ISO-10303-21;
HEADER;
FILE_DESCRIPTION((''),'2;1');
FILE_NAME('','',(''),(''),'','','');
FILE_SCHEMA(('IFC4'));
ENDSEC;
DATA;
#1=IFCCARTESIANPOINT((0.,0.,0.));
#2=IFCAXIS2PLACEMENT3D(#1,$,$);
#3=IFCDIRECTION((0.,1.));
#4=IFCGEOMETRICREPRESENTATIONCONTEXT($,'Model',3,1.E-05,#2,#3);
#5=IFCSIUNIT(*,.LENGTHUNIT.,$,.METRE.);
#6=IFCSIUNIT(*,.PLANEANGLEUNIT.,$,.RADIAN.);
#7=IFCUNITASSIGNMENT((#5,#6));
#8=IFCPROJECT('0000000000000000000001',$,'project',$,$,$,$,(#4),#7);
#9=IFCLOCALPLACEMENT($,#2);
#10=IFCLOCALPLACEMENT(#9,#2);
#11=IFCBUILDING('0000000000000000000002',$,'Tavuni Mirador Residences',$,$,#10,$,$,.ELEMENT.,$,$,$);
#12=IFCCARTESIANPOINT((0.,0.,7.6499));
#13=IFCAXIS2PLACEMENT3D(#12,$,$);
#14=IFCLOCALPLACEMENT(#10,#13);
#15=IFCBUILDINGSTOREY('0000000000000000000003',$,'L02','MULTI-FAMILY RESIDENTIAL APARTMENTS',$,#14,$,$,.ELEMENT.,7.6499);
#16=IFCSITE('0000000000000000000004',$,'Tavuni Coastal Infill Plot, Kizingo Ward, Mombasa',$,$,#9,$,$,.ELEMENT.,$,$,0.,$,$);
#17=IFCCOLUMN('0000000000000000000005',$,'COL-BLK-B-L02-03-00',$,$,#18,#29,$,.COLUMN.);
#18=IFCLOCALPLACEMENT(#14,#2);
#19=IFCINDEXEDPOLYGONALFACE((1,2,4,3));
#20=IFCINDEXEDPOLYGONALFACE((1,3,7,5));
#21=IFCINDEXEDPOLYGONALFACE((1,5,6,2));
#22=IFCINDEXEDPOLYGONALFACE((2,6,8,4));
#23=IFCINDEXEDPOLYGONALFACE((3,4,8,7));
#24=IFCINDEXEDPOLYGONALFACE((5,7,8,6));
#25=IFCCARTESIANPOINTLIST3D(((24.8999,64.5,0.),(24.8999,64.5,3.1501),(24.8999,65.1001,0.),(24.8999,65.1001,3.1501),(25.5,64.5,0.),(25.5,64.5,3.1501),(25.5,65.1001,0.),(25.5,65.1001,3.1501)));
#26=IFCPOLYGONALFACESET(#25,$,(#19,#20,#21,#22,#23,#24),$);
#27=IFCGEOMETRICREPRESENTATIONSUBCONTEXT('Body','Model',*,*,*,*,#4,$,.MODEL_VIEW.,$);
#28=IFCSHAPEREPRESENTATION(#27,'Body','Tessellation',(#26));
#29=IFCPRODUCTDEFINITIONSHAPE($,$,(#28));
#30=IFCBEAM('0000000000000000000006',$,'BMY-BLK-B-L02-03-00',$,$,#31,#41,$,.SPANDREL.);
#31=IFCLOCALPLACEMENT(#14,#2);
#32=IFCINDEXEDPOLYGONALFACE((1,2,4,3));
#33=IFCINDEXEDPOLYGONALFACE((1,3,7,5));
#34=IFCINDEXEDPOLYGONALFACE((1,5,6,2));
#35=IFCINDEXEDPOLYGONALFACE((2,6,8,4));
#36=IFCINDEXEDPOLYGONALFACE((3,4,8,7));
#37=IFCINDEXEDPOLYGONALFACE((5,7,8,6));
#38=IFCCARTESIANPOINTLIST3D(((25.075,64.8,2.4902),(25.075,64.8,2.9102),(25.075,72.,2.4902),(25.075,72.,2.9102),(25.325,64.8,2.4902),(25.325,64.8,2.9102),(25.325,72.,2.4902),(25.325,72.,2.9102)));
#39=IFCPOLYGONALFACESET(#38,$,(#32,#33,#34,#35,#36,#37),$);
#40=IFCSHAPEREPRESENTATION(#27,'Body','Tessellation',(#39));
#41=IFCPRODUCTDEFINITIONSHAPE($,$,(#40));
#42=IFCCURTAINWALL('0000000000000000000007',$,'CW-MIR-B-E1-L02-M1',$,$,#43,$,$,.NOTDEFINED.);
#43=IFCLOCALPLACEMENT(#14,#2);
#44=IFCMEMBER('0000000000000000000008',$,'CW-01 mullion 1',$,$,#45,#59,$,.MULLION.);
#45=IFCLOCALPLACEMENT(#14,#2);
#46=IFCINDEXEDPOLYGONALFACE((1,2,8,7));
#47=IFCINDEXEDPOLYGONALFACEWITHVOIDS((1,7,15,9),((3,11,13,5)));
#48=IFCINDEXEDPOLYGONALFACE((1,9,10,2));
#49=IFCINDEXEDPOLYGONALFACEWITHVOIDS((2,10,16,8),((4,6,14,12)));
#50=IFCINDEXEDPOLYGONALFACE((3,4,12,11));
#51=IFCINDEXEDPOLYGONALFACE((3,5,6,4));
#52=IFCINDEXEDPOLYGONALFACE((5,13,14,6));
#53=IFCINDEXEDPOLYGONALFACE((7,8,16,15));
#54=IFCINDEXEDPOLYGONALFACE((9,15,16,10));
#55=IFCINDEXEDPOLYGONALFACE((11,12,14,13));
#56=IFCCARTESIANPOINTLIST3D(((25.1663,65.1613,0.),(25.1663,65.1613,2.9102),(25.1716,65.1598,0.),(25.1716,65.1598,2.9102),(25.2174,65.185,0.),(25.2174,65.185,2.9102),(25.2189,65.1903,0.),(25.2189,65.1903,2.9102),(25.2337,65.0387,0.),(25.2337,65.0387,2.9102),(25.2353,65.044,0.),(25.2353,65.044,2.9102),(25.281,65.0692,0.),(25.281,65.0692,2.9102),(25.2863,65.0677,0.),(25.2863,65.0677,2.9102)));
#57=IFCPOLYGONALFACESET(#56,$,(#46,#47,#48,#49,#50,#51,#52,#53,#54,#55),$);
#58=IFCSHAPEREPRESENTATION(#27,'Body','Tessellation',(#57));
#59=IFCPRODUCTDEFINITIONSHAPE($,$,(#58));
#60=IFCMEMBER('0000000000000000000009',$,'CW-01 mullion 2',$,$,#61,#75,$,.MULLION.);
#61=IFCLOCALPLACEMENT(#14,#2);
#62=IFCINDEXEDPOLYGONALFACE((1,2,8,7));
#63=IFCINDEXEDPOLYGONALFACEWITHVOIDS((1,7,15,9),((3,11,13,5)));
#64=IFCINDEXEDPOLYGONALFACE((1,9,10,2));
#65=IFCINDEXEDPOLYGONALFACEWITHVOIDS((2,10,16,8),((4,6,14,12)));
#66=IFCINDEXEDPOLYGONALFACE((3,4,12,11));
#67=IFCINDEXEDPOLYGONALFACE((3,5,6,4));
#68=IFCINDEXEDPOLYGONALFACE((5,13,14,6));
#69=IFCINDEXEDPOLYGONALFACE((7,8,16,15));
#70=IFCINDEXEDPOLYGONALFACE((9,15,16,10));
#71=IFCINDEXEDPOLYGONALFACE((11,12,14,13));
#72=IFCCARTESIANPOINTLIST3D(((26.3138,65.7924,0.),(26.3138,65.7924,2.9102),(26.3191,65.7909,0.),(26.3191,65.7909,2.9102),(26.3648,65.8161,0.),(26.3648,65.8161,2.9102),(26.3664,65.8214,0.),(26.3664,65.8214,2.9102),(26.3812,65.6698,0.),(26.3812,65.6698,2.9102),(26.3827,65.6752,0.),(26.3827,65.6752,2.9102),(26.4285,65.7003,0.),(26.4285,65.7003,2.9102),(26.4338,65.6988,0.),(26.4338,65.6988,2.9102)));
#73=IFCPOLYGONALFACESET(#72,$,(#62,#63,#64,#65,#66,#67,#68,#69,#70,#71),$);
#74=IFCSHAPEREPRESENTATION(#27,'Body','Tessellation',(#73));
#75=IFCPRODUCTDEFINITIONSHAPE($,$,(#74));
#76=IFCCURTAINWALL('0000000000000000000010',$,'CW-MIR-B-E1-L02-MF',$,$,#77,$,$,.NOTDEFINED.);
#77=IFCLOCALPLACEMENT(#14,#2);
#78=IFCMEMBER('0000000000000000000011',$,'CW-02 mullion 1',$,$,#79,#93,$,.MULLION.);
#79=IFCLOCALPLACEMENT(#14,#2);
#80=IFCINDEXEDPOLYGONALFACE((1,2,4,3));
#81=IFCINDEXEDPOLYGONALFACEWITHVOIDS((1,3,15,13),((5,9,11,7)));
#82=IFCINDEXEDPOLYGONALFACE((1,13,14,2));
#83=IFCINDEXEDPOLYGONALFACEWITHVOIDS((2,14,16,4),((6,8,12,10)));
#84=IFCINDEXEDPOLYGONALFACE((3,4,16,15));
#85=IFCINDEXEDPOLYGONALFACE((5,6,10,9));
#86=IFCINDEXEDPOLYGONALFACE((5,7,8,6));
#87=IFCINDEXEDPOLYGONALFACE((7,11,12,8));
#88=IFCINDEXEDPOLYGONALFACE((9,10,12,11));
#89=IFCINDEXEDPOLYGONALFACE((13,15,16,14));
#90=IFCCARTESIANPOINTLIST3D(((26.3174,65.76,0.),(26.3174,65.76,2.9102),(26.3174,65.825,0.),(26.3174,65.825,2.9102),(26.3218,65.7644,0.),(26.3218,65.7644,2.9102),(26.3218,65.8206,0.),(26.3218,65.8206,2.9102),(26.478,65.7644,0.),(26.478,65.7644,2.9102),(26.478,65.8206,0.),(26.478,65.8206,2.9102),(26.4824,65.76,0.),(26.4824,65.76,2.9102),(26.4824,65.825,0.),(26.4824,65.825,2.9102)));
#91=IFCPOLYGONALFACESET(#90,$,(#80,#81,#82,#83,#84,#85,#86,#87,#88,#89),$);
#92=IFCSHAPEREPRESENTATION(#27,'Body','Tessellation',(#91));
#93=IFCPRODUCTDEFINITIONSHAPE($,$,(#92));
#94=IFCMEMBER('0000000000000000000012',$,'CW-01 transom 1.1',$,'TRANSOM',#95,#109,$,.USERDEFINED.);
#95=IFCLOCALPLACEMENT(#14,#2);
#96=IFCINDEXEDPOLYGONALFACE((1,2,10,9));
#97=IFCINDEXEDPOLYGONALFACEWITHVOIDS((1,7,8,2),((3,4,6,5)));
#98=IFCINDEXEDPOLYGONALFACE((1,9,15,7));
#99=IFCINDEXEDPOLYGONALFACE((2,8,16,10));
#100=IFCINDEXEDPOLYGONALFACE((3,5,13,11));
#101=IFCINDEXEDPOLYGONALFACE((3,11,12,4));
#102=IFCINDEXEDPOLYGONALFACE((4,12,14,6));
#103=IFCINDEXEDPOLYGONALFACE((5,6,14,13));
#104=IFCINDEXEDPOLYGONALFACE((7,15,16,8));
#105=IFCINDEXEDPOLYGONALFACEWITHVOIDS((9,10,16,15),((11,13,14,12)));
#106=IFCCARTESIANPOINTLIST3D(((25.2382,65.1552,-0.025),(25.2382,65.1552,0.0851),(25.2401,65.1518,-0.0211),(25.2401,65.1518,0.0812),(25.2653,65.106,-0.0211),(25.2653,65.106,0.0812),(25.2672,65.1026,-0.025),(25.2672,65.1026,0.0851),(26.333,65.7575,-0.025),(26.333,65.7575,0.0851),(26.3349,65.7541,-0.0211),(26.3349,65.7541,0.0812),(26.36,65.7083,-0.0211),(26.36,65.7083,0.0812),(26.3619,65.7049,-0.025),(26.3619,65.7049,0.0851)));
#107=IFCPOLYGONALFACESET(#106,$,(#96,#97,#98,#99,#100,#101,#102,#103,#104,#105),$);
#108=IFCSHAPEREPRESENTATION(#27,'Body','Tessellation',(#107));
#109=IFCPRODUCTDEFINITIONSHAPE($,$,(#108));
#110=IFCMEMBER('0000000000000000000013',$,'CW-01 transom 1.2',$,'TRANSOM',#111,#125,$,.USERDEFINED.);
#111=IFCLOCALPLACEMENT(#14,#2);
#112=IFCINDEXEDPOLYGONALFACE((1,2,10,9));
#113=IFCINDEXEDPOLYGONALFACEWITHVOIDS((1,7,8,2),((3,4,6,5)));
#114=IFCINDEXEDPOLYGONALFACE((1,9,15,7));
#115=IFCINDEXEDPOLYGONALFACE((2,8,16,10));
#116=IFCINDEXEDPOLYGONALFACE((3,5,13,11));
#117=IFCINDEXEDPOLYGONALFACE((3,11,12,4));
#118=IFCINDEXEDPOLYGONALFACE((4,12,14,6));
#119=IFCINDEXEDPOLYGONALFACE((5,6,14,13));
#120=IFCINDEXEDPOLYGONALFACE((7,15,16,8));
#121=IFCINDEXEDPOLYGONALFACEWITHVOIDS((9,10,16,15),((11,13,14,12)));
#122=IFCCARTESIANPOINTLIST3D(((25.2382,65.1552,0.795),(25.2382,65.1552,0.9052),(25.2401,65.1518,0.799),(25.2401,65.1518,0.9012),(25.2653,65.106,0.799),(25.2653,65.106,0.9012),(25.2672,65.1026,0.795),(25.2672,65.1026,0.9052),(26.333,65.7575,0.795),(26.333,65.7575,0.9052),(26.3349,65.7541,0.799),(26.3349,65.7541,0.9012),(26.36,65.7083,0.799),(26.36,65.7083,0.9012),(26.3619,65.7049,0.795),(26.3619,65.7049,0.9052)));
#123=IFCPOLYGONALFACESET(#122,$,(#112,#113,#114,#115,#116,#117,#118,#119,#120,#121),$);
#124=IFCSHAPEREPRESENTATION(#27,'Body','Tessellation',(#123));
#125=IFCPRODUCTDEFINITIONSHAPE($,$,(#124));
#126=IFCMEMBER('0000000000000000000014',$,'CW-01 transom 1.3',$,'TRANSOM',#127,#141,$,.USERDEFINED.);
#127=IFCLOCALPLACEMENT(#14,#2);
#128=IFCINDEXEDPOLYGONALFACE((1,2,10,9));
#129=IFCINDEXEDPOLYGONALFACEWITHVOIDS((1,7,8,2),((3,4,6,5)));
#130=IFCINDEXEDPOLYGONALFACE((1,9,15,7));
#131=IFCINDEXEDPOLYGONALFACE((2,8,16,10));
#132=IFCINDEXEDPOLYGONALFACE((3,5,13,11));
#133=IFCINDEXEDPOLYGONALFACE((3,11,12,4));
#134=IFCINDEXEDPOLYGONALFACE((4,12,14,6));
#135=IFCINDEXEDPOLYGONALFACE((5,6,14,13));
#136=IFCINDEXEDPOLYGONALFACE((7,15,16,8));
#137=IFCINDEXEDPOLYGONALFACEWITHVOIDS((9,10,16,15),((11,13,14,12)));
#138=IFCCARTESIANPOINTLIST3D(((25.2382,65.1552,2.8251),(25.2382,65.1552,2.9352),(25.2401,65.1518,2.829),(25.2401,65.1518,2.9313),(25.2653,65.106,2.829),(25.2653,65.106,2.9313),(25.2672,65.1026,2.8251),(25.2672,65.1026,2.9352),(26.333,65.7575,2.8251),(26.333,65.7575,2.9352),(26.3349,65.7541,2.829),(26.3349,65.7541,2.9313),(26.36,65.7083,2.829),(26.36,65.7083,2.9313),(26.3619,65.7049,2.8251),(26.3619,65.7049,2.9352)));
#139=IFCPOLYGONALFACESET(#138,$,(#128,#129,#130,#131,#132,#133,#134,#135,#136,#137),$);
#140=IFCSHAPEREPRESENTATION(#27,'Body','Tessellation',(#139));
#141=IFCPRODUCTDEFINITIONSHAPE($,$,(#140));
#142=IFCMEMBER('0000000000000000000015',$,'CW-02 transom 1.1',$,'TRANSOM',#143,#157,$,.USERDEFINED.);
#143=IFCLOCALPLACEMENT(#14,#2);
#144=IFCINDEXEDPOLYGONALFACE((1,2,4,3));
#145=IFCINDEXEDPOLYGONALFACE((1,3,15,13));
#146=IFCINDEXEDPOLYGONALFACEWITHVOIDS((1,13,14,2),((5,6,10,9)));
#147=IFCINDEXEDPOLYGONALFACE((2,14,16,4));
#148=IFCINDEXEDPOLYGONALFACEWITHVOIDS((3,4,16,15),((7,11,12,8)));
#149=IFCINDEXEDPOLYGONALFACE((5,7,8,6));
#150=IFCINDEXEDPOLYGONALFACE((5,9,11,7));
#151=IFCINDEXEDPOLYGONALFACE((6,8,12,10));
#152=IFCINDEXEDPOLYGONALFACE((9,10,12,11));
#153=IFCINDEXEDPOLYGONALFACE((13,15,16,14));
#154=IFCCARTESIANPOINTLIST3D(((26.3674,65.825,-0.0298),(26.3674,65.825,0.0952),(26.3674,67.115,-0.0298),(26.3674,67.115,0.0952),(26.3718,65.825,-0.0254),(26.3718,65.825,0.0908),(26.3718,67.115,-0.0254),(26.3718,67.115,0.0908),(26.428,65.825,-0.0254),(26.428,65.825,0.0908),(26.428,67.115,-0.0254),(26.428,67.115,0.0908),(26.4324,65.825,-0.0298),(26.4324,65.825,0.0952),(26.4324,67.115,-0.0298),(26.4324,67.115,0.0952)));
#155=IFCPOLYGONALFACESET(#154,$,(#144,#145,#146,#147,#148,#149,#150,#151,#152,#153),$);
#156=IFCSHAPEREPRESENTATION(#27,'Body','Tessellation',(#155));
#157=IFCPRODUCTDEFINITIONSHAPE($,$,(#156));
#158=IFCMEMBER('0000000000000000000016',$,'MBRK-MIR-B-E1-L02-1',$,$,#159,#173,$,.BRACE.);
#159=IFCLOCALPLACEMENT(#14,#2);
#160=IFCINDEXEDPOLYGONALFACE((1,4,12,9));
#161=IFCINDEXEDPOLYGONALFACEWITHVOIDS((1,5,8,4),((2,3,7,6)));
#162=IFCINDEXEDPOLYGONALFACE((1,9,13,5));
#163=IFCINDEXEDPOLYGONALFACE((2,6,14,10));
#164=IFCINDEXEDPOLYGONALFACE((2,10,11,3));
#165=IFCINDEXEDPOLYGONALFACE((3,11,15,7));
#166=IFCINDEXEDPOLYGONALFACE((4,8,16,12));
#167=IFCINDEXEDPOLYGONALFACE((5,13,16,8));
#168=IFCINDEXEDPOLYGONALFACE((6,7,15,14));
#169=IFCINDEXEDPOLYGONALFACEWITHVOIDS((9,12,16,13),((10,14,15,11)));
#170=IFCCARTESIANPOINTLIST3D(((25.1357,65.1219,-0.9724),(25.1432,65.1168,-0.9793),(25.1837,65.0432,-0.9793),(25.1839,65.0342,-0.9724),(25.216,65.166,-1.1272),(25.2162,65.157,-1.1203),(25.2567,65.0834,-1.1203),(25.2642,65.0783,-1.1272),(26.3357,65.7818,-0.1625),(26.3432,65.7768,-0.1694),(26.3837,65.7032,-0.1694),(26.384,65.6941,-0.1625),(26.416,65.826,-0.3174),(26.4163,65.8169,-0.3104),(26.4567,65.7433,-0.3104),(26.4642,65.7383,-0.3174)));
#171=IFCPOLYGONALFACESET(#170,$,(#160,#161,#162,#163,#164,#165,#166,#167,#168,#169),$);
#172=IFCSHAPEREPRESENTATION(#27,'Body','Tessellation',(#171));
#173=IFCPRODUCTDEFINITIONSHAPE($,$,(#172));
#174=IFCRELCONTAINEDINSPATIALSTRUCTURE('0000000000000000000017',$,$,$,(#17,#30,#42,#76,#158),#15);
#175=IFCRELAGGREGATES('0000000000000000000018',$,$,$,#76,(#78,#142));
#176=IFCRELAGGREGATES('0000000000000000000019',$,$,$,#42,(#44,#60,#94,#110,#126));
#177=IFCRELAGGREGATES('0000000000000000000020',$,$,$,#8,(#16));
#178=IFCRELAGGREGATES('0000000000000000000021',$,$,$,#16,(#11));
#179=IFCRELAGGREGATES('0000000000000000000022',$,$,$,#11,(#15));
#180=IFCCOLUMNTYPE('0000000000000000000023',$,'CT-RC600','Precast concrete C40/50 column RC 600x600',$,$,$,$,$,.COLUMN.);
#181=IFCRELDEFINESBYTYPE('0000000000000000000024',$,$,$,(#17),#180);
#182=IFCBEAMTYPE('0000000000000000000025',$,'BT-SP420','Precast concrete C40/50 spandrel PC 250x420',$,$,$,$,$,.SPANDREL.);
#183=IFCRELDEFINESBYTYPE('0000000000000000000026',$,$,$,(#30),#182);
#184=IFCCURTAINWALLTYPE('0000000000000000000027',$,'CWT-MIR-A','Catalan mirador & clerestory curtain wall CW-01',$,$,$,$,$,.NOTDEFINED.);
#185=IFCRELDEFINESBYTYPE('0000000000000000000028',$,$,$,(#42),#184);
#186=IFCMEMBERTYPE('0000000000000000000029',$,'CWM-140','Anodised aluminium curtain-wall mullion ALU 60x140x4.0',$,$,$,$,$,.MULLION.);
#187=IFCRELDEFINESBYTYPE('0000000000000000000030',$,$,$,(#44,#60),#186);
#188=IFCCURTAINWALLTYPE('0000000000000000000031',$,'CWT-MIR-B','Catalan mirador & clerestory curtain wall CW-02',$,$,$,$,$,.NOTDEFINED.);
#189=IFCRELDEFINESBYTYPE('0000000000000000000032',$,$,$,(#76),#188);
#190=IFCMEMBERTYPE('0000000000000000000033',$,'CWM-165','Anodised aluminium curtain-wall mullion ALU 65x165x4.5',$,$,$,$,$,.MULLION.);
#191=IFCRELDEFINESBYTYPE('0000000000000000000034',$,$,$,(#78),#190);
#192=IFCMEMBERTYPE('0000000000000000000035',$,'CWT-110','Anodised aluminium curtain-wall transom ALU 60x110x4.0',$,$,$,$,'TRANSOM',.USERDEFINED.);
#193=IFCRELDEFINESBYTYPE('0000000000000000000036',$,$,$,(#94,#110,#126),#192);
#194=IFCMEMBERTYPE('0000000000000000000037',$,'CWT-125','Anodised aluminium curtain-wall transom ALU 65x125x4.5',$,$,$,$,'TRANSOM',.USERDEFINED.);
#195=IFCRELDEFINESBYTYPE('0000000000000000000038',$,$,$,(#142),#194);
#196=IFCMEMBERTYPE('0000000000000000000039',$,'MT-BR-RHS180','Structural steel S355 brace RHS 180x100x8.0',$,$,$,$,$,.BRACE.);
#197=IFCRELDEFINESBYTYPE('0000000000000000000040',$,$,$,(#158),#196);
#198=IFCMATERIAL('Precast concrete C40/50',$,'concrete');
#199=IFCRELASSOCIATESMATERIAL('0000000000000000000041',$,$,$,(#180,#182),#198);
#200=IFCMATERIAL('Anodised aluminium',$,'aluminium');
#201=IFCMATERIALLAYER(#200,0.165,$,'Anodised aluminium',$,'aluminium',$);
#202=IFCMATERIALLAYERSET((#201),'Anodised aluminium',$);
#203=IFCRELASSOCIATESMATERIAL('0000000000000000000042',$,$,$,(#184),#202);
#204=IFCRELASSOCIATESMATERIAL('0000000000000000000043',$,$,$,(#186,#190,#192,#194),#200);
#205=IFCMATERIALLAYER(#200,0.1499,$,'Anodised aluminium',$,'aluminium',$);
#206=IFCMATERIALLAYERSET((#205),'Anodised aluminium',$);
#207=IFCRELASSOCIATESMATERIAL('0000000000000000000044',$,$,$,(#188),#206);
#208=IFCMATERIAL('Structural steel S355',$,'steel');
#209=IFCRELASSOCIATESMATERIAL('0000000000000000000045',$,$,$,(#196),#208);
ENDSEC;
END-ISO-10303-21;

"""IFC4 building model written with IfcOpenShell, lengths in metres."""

from ifc_helpers import new_model, si_unit, direction, frame, origin, origin_2d, place, context, subcontext, project, spatial, rectangle, hollow_rectangle, extrude, material, layer, layer_set, material_profile, profile_set, type_object, element, aggregate, save


model = new_model("IFC4")

# Units and contexts
model_context = context("Model", 3, precision=1e-05, world=origin(), true_north=direction((0.0, 1.0)))
body_context = subcontext(model_context, "Body", "Model", "MODEL_VIEW")
ifc_project = project(units=[si_unit("LENGTHUNIT", "METRE"), si_unit("PLANEANGLEUNIT", "RADIAN")], contexts=[model_context])

# Site, building, storey
site_placement = place(None, origin())
site = spatial("IfcSite", under=ifc_project, at=site_placement, Name="Tavuni Coastal Infill Plot, Kizingo Ward, Mombasa", CompositionType="ELEMENT", RefElevation=0.0)
building_placement = place(site_placement, origin())
building = spatial("IfcBuilding", under=site, at=building_placement, Name="Tavuni Mirador Residences", CompositionType="ELEMENT")
storey_placement = place(building_placement, frame((0.0, 0.0, 7.6499)))
storey = spatial("IfcBuildingStorey", under=building, at=storey_placement, Name="L02", Description="MULTI-FAMILY RESIDENTIAL APARTMENTS", CompositionType="ELEMENT", Elevation=7.6499)

# Column
ifc_material_1 = material(Name="Precast concrete C40/50", Category="concrete")
ifc_material_profile_1 = material_profile(ifc_material_1, rectangle(XDim=0.6001, YDim=0.6001, at=origin_2d()), Name="RC 600x600", Category="concrete")
ifc_profile_set_1 = profile_set([ifc_material_profile_1], Name="Precast concrete C40/50")
column_type = type_object("IfcColumnType", Name="CT-RC600", Description="Precast concrete C40/50 column RC 600x600", PredefinedType="COLUMN", material=ifc_profile_set_1)
column_placement = place(storey_placement, frame((25.2, 64.8, 0.0), z_axis=(0.0, 0.0, 1.0), x_axis=(1.0, 0.0, 0.0)))
element("IfcColumn", 1, at=column_placement, inside=storey, type_object=column_type, Name="COL-BLK-B-L02-03-00", PredefinedType="COLUMN", context=body_context, shape_type="SweptSolid", body=[
    extrude(rectangle(XDim=0.6001, YDim=0.6001, at=origin_2d()), origin(), (0.0, 0.0, 1.0), 3.1501),
])

# Beam
ifc_material_profile_2 = material_profile(ifc_material_1, rectangle(XDim=0.25, YDim=0.4199, at=origin_2d()), Name="PC 250x420", Category="concrete")
ifc_profile_set_2 = profile_set([ifc_material_profile_2], Name="Precast concrete C40/50")
beam_type = type_object("IfcBeamType", Name="BT-SP420", Description="Precast concrete C40/50 spandrel PC 250x420", PredefinedType="SPANDREL", material=ifc_profile_set_2)
beam_placement = place(storey_placement, frame((25.2, 64.8, 2.7002), z_axis=(0.0, 1.0, 0.0), x_axis=(-1.0, 0.0, 0.0)))
element("IfcBeam", 2, at=beam_placement, inside=storey, type_object=beam_type, Name="BMY-BLK-B-L02-03-00", PredefinedType="SPANDREL", context=body_context, shape_type="SweptSolid", body=[
    extrude(rectangle(XDim=0.25, YDim=0.4199, at=origin_2d()), origin(), (0.0, 0.0, 1.0), 7.2),
])

# Curtain wall, members
ifc_material_2 = material(Name="Anodised aluminium", Category="aluminium")
ifc_layer_1 = layer(ifc_material_2, 0.165, Name="Anodised aluminium", Category="aluminium")
ifc_layer_set_1 = layer_set([ifc_layer_1], Name="Anodised aluminium")
curtain_wall_type_1 = type_object("IfcCurtainWallType", Name="CWT-MIR-A", Description="Catalan mirador & clerestory curtain wall CW-01", PredefinedType="NOTDEFINED", material=ifc_layer_set_1)
curtain_wall_1_placement = place(storey_placement, origin())
curtain_wall_1 = element("IfcCurtainWall", 3, at=curtain_wall_1_placement, inside=storey, type_object=curtain_wall_type_1, Name="CW-MIR-B-E1-L02-M1", PredefinedType="NOTDEFINED")
ifc_material_profile_3 = material_profile(ifc_material_2, hollow_rectangle(XDim=0.0601, YDim=0.1399, WallThickness=0.0039, at=origin_2d()), Name="ALU 60x140x4.0", Category="aluminium")
ifc_profile_set_3 = profile_set([ifc_material_profile_3], Name="Anodised aluminium")
member_type_1 = type_object("IfcMemberType", Name="CWM-140", Description="Anodised aluminium curtain-wall mullion ALU 60x140x4.0", PredefinedType="MULLION", material=ifc_profile_set_3)
member_1_placement = place(storey_placement, frame((25.2263, 65.1145, 0.0), z_axis=(0.0, 0.0, 1.0), x_axis=(0.876216, 0.481919, 0.0)))
member_1 = element("IfcMember", 4, at=member_1_placement, type_object=member_type_1, Name="CW-01 mullion 1", PredefinedType="MULLION", context=body_context, shape_type="SweptSolid", body=[
    extrude(hollow_rectangle(XDim=0.0601, YDim=0.1399, WallThickness=0.0039, at=origin_2d()), origin(), (0.0, 0.0, 1.0), 2.9102),
])
member_2_placement = place(storey_placement, frame((26.3738, 65.7456, 0.0), z_axis=(0.0, 0.0, 1.0), x_axis=(0.876216, 0.481919, 0.0)))
member_2 = element("IfcMember", 5, at=member_2_placement, type_object=member_type_1, Name="CW-01 mullion 2", PredefinedType="MULLION", context=body_context, shape_type="SweptSolid", body=[
    extrude(hollow_rectangle(XDim=0.0601, YDim=0.1399, WallThickness=0.0039, at=origin_2d()), origin(), (0.0, 0.0, 1.0), 2.9102),
])

# Curtain wall, member
ifc_layer_2 = layer(ifc_material_2, 0.1499, Name="Anodised aluminium", Category="aluminium")
ifc_layer_set_2 = layer_set([ifc_layer_2], Name="Anodised aluminium")
curtain_wall_type_2 = type_object("IfcCurtainWallType", Name="CWT-MIR-B", Description="Catalan mirador & clerestory curtain wall CW-02", PredefinedType="NOTDEFINED", material=ifc_layer_set_2)
curtain_wall_2_placement = place(storey_placement, origin())
curtain_wall_2 = element("IfcCurtainWall", 6, at=curtain_wall_2_placement, inside=storey, type_object=curtain_wall_type_2, Name="CW-MIR-B-E1-L02-MF", PredefinedType="NOTDEFINED")
ifc_material_profile_4 = material_profile(ifc_material_2, hollow_rectangle(XDim=0.0649, YDim=0.165, WallThickness=0.0044, at=origin_2d()), Name="ALU 65x165x4.5", Category="aluminium")
ifc_profile_set_4 = profile_set([ifc_material_profile_4], Name="Anodised aluminium")
member_type_2 = type_object("IfcMemberType", Name="CWM-165", Description="Anodised aluminium curtain-wall mullion ALU 65x165x4.5", PredefinedType="MULLION", material=ifc_profile_set_4)
member_3_placement = place(storey_placement, frame((26.3999, 65.7925, 0.0), z_axis=(0.0, 0.0, 1.0), x_axis=(0.0, 1.0, 0.0)))
member_3 = element("IfcMember", 7, at=member_3_placement, type_object=member_type_2, Name="CW-02 mullion 1", PredefinedType="MULLION", context=body_context, shape_type="SweptSolid", body=[
    extrude(hollow_rectangle(XDim=0.0649, YDim=0.165, WallThickness=0.0044, at=origin_2d()), origin(), (0.0, 0.0, 1.0), 2.9102),
])

# Members
ifc_material_profile_5 = material_profile(ifc_material_2, hollow_rectangle(XDim=0.0601, YDim=0.1101, WallThickness=0.0039, at=origin_2d()), Name="ALU 60x110x4.0", Category="aluminium")
ifc_profile_set_5 = profile_set([ifc_material_profile_5], Name="Anodised aluminium")
member_type_3 = type_object("IfcMemberType", Name="CWT-110", Description="Anodised aluminium curtain-wall transom ALU 60x110x4.0", ElementType="TRANSOM", PredefinedType="USERDEFINED", material=ifc_profile_set_5)
member_4_placement = place(storey_placement, frame((25.2527, 65.1289, 0.03), z_axis=(0.87615, 0.482039, 0.0), x_axis=(-0.482039, 0.87615, 0.0)))
member_4 = element("IfcMember", 8, at=member_4_placement, type_object=member_type_3, Name="CW-01 transom 1.1", ObjectType="TRANSOM", PredefinedType="USERDEFINED", context=body_context, shape_type="SweptSolid", body=[
    extrude(hollow_rectangle(XDim=0.0601, YDim=0.1101, WallThickness=0.0039, at=origin_2d()), origin(), (0.0, 0.0, 1.0), 1.2495),
])
member_5_placement = place(storey_placement, frame((25.2527, 65.1289, 0.8501), z_axis=(0.87615, 0.482039, 0.0), x_axis=(-0.482039, 0.87615, 0.0)))
member_5 = element("IfcMember", 9, at=member_5_placement, type_object=member_type_3, Name="CW-01 transom 1.2", ObjectType="TRANSOM", PredefinedType="USERDEFINED", context=body_context, shape_type="SweptSolid", body=[
    extrude(hollow_rectangle(XDim=0.0601, YDim=0.1101, WallThickness=0.0039, at=origin_2d()), origin(), (0.0, 0.0, 1.0), 1.2495),
])
member_6_placement = place(storey_placement, frame((25.2527, 65.1289, 2.8801), z_axis=(0.87615, 0.482039, 0.0), x_axis=(-0.482039, 0.87615, 0.0)))
member_6 = element("IfcMember", 10, at=member_6_placement, type_object=member_type_3, Name="CW-01 transom 1.3", ObjectType="TRANSOM", PredefinedType="USERDEFINED", context=body_context, shape_type="SweptSolid", body=[
    extrude(hollow_rectangle(XDim=0.0601, YDim=0.1101, WallThickness=0.0039, at=origin_2d()), origin(), (0.0, 0.0, 1.0), 1.2495),
])
ifc_material_profile_6 = material_profile(ifc_material_2, hollow_rectangle(XDim=0.0649, YDim=0.125, WallThickness=0.0044, at=origin_2d()), Name="ALU 65x125x4.5", Category="aluminium")
ifc_profile_set_6 = profile_set([ifc_material_profile_6], Name="Anodised aluminium")
member_type_4 = type_object("IfcMemberType", Name="CWT-125", Description="Anodised aluminium curtain-wall transom ALU 65x125x4.5", ElementType="TRANSOM", PredefinedType="USERDEFINED", material=ifc_profile_set_6)
member_7_placement = place(storey_placement, frame((26.3999, 65.825, 0.0327), z_axis=(0.0, 1.0, 0.0), x_axis=(-1.0, 0.0, 0.0)))
member_7 = element("IfcMember", 11, at=member_7_placement, type_object=member_type_4, Name="CW-02 transom 1.1", ObjectType="TRANSOM", PredefinedType="USERDEFINED", context=body_context, shape_type="SweptSolid", body=[
    extrude(hollow_rectangle(XDim=0.0649, YDim=0.125, WallThickness=0.0044, at=origin_2d()), origin(), (0.0, 0.0, 1.0), 1.29),
])
aggregate(curtain_wall_2, [member_3, member_7])

# Member
ifc_material_3 = material(Name="Structural steel S355", Category="steel")
ifc_material_profile_7 = material_profile(ifc_material_3, hollow_rectangle(XDim=0.1001, YDim=0.1799, WallThickness=0.0081, at=origin_2d()), Name="RHS 180x100x8.0", Category="steel")
ifc_profile_set_7 = profile_set([ifc_material_profile_7], Name="Structural steel S355")
member_type_5 = type_object("IfcMemberType", Name="MT-BR-RHS180", Description="Structural steel S355 brace RHS 180x100x8.0", PredefinedType="BRACE", material=ifc_profile_set_7)
member_8_placement = place(storey_placement, frame((25.2, 65.1001, -1.0498), z_axis=(0.754229, 0.414788, 0.509009), x_axis=(-0.481885, 0.876235, 0.0)))
element("IfcMember", 12, at=member_8_placement, inside=storey, type_object=member_type_5, Name="MBRK-MIR-B-E1-L02-1", PredefinedType="BRACE", context=body_context, shape_type="SweptSolid", body=[
    extrude(hollow_rectangle(XDim=0.1001, YDim=0.1799, WallThickness=0.0081, at=origin_2d()), origin(), (0.0, 0.0, 1.0), 1.5911),
])

aggregate(curtain_wall_1, [member_1, member_2, member_4, member_5, member_6])

save(model, "model.ifc")
